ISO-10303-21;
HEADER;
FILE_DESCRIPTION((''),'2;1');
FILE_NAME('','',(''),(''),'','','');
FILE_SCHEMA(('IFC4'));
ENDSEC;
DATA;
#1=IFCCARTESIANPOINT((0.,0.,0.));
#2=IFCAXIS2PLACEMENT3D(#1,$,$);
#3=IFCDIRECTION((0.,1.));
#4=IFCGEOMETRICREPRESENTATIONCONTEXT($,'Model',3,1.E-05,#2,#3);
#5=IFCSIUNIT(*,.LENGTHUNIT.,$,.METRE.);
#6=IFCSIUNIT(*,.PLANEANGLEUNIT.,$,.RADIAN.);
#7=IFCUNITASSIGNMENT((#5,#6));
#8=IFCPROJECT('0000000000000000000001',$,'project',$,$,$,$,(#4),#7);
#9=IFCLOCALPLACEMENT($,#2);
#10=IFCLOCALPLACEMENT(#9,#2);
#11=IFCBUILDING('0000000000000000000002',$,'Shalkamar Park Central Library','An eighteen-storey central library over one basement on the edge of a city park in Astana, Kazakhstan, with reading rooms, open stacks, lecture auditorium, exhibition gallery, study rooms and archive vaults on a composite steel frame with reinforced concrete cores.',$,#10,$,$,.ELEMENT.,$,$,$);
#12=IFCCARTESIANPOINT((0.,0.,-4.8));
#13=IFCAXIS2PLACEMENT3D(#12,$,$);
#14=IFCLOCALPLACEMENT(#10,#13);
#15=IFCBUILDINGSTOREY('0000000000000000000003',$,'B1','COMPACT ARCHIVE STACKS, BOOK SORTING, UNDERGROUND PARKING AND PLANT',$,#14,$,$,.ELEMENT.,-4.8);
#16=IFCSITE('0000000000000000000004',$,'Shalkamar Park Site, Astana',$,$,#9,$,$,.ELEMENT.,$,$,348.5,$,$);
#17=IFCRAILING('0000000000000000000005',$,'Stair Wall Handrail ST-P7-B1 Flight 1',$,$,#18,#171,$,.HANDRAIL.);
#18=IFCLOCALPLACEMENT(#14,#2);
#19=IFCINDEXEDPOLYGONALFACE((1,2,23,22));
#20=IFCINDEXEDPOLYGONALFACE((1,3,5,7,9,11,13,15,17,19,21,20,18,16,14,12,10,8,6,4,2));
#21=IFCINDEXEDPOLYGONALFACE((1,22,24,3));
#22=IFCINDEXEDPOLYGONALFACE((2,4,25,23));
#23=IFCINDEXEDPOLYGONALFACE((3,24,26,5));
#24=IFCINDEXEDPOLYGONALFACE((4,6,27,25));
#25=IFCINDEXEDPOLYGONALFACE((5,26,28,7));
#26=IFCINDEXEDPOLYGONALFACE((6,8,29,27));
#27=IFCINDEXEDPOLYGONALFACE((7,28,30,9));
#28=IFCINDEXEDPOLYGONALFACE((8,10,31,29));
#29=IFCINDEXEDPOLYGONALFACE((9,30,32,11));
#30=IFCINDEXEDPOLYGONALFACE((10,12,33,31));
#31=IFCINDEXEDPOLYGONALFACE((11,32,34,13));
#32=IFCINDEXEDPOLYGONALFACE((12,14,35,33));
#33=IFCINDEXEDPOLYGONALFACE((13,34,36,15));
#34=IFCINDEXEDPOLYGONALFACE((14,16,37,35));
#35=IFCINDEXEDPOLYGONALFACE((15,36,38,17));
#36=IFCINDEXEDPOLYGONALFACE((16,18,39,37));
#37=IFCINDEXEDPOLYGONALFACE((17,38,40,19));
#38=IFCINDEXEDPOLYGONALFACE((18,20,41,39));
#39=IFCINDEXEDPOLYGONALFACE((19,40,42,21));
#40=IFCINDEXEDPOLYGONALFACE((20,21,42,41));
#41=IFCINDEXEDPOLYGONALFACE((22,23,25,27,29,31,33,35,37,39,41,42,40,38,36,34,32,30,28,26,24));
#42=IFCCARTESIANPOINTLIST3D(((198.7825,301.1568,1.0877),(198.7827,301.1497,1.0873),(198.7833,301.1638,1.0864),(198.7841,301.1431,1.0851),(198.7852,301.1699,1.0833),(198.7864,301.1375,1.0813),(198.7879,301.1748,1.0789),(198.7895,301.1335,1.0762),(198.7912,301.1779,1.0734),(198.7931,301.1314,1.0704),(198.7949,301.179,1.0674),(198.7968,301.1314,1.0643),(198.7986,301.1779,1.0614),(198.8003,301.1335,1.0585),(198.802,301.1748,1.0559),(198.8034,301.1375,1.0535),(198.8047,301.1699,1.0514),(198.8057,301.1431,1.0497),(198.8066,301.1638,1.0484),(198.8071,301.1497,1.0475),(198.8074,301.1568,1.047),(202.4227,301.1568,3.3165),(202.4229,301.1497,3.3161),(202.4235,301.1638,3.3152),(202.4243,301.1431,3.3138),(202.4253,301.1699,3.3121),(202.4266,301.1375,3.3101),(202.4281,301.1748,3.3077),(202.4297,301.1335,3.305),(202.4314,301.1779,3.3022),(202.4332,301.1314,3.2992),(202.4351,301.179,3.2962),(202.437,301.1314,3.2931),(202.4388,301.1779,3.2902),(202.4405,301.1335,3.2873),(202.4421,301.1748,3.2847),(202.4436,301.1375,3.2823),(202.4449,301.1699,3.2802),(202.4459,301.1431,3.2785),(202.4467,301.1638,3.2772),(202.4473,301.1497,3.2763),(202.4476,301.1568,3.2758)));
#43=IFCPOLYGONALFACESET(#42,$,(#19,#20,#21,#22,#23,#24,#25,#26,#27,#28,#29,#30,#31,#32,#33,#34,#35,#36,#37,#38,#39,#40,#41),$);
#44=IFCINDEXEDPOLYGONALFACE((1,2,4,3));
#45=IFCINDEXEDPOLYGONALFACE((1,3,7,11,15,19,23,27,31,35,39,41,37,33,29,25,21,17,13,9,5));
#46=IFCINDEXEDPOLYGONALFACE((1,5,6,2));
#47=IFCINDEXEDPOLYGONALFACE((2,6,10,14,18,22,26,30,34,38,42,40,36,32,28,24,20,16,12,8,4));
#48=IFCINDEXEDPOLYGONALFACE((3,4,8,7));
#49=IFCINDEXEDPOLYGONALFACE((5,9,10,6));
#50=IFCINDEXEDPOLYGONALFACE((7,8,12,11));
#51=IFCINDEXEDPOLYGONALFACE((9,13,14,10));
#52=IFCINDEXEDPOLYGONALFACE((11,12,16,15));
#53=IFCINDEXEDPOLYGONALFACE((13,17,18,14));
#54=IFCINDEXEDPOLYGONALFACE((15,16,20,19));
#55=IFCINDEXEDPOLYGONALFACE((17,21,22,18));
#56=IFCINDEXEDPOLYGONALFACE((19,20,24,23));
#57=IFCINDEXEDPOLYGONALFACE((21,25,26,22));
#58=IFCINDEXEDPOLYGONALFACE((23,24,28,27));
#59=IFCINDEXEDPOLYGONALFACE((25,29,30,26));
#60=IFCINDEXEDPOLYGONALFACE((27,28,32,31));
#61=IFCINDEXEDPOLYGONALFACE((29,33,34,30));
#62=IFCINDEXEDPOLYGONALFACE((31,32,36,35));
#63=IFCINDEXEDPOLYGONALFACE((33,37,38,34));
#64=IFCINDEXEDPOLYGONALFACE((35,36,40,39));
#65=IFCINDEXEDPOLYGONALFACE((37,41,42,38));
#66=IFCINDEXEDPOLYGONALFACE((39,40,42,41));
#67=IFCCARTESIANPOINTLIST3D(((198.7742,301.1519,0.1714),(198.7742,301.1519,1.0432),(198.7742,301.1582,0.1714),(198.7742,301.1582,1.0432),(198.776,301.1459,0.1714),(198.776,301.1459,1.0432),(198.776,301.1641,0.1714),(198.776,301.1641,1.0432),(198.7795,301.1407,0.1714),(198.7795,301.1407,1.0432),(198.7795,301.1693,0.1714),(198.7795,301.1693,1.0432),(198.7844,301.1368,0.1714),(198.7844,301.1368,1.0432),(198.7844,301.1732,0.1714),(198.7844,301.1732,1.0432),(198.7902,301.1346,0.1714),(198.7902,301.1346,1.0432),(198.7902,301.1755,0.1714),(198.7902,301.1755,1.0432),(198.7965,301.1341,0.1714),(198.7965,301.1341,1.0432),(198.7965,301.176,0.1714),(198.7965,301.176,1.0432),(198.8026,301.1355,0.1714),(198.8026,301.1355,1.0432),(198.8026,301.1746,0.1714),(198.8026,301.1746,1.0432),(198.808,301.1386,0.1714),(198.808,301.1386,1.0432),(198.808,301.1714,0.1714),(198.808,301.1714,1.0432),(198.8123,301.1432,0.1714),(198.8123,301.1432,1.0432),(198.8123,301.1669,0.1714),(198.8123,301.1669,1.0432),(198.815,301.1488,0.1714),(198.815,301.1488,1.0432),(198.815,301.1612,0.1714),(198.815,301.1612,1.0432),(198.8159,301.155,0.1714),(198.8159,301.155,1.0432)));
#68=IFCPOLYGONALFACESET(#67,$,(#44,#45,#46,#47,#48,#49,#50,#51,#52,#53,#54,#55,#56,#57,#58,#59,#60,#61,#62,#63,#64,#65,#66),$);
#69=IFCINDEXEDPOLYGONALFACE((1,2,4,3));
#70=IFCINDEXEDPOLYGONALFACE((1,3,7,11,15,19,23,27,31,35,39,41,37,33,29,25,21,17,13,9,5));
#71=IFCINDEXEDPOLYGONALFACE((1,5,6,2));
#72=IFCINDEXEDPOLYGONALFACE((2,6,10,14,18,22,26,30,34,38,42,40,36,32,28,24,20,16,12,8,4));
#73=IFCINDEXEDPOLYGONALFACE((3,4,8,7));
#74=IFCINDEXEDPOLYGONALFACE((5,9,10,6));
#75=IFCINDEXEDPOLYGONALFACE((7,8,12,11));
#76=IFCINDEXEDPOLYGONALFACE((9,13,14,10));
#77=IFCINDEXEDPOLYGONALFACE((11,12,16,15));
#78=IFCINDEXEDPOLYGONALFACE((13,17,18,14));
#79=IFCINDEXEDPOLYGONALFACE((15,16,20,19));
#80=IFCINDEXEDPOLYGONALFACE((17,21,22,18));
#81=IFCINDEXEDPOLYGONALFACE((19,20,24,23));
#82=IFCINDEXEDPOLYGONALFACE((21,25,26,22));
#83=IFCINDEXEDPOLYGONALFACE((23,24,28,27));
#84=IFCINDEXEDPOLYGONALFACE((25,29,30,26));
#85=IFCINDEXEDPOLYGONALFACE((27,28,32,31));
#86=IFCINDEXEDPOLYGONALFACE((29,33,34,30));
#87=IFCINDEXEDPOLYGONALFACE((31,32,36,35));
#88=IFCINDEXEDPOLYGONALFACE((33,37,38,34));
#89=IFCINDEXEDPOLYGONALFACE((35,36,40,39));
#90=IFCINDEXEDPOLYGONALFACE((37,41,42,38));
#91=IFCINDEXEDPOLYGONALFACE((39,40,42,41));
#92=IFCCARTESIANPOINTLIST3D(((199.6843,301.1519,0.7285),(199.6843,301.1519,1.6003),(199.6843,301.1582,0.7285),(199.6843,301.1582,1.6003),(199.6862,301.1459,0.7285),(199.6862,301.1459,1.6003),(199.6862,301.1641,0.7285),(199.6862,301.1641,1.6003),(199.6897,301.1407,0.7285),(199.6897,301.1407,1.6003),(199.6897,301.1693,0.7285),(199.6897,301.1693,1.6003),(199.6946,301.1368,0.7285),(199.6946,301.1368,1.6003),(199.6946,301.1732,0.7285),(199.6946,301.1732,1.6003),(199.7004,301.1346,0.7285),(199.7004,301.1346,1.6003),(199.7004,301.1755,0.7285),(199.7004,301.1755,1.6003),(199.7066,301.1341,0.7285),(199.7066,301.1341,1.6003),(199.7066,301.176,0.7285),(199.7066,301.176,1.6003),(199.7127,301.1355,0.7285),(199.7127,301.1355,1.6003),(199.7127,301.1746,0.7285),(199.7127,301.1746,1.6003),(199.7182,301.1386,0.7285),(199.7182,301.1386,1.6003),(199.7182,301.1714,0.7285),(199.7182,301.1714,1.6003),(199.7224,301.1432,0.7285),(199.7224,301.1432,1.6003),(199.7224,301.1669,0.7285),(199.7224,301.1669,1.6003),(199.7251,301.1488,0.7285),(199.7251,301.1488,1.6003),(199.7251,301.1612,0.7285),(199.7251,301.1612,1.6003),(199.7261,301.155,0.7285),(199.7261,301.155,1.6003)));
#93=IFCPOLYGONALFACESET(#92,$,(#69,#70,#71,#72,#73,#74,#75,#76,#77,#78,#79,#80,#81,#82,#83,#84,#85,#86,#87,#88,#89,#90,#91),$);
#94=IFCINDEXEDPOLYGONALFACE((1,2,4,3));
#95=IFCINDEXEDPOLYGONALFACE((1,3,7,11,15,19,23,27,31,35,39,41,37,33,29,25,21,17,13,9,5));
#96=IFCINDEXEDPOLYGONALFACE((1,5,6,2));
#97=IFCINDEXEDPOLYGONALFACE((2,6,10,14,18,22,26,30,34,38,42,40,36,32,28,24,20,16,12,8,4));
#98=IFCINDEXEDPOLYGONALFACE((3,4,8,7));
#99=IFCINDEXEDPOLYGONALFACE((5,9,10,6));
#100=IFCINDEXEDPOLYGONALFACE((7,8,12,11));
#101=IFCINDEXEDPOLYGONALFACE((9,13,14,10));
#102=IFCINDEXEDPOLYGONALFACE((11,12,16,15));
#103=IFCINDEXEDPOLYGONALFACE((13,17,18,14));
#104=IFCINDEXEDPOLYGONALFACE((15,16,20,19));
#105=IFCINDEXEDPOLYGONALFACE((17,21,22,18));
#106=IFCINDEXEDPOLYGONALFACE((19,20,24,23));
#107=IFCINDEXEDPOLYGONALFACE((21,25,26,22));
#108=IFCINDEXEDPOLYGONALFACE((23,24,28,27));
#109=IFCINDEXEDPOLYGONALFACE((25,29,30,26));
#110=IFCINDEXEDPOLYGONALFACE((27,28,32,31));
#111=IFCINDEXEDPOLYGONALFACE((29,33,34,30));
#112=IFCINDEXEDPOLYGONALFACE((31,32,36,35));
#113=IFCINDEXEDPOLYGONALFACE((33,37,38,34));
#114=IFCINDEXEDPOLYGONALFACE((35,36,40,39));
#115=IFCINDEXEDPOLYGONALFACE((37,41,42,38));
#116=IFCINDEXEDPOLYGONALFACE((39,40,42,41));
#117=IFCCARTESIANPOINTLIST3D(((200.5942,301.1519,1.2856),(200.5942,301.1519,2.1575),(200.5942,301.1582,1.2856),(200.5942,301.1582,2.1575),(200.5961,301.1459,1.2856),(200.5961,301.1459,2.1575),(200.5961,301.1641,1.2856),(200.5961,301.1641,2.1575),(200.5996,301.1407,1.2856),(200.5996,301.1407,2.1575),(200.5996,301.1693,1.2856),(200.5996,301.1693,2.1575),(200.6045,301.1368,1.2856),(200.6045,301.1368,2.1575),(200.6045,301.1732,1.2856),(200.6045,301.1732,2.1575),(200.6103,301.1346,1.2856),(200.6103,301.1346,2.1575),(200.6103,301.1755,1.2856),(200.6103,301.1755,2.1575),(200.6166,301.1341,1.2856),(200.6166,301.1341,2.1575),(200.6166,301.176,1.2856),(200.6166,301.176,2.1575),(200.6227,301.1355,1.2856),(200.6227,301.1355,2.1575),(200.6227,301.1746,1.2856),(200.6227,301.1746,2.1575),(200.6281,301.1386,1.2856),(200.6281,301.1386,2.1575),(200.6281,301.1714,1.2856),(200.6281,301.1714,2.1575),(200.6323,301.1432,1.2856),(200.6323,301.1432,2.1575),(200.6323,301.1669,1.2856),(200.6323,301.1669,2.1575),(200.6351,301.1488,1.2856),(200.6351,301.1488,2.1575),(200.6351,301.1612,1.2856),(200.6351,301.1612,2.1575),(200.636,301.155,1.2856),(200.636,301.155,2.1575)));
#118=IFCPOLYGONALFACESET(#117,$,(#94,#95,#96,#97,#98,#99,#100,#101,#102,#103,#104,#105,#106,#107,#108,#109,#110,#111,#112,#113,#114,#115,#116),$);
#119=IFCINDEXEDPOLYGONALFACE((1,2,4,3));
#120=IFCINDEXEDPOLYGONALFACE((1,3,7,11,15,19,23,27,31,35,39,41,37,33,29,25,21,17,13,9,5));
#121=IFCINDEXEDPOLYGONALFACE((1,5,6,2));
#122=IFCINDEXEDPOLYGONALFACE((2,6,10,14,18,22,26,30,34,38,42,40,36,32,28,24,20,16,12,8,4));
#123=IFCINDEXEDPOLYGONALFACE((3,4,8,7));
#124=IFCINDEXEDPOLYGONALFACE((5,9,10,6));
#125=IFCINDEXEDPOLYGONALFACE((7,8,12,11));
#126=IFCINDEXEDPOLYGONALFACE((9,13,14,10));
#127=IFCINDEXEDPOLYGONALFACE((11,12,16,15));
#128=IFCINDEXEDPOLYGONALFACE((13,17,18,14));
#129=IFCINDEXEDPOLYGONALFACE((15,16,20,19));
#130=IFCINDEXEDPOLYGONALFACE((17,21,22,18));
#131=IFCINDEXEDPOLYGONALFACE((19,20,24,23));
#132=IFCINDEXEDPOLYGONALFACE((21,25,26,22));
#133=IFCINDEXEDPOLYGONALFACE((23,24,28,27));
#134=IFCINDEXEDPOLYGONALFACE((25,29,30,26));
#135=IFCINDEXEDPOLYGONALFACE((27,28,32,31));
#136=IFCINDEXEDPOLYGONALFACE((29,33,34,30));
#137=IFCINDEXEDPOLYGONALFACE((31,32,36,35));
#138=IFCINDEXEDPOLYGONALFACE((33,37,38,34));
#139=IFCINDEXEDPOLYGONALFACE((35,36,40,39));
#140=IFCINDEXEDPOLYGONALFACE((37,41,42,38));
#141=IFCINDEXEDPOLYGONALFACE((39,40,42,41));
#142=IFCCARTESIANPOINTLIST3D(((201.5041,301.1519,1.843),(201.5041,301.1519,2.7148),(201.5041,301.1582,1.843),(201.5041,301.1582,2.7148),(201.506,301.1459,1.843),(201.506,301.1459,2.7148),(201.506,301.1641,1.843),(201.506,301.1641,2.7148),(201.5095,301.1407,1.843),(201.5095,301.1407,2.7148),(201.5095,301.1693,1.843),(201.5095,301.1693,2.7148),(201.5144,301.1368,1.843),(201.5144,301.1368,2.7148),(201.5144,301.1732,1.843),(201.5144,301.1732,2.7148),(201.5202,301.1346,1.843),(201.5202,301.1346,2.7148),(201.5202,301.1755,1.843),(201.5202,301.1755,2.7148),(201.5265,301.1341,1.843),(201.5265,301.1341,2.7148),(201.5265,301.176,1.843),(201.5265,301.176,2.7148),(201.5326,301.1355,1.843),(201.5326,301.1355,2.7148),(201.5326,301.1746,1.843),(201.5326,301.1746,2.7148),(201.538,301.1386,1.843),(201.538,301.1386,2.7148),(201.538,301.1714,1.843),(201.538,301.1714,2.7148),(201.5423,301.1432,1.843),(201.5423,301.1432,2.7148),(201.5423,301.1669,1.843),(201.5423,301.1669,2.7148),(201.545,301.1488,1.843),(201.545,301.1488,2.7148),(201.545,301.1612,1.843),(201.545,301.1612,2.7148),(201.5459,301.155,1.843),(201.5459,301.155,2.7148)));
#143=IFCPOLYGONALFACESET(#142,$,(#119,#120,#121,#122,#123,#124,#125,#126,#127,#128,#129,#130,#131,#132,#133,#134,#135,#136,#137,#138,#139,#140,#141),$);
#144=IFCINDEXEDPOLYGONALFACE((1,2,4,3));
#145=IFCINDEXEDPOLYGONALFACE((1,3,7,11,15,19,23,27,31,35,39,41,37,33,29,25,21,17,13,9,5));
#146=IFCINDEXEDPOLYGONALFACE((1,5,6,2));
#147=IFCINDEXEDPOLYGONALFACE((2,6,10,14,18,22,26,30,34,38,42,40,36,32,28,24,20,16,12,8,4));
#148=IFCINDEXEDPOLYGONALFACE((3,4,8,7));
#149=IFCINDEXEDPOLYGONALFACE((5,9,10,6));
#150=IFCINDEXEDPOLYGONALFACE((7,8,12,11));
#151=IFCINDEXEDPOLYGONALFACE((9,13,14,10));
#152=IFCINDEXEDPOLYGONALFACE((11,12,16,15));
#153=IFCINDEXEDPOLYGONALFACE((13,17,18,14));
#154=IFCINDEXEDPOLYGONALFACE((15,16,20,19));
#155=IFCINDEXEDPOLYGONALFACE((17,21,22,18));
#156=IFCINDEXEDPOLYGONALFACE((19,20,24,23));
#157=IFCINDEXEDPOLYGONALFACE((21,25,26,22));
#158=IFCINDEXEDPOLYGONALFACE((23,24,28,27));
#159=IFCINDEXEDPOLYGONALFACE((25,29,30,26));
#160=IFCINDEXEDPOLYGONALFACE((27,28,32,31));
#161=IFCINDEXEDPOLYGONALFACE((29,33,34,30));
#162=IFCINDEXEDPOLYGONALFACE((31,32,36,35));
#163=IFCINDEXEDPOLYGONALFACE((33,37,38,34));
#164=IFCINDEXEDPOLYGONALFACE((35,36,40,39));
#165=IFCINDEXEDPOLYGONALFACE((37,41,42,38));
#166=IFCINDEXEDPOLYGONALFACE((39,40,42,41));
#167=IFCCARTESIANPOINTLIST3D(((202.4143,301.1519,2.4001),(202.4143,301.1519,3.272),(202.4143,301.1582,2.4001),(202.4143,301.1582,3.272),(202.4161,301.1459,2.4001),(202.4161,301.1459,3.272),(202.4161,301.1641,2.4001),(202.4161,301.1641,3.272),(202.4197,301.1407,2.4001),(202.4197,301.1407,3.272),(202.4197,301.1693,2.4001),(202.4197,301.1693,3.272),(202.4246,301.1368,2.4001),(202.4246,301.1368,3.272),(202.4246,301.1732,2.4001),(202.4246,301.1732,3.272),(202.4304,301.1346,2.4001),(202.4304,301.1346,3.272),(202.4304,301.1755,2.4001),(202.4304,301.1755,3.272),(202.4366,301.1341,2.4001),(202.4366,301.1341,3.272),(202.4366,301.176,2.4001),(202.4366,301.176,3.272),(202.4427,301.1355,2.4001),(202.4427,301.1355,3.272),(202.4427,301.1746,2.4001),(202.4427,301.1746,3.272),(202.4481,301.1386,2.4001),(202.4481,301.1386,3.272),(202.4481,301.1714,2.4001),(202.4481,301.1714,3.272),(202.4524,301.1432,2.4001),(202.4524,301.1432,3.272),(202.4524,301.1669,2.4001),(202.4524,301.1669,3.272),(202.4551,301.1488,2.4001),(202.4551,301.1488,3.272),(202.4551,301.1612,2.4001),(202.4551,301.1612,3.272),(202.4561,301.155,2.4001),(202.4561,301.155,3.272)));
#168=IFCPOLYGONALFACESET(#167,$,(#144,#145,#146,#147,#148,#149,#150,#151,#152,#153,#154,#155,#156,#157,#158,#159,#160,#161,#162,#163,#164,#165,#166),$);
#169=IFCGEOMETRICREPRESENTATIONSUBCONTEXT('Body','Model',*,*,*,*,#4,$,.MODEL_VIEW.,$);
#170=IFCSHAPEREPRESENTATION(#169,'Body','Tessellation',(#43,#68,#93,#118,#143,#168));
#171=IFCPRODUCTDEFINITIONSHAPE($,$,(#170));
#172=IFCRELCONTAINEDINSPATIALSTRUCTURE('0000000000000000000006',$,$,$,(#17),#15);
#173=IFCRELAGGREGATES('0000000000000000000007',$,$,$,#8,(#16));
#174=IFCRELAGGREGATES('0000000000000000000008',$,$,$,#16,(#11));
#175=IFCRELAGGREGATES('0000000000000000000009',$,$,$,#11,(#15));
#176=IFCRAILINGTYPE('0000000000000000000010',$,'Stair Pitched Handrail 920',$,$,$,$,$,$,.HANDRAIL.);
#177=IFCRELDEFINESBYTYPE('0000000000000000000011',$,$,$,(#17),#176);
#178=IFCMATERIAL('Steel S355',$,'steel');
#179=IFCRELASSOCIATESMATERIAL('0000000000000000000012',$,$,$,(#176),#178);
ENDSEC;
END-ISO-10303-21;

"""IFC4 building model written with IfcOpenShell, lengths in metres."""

from ifc_helpers import new_model, si_unit, direction, frame, origin, origin_2d, place, context, subcontext, project, spatial, circle, extrude, material, type_object, element, save


model = new_model("IFC4")

# Units and contexts
model_context = context("Model", 3, precision=1e-05, world=origin(), true_north=direction((0.0, 1.0)))
body_context = subcontext(model_context, "Body", "Model", "MODEL_VIEW")
ifc_project = project(units=[si_unit("LENGTHUNIT", "METRE"), si_unit("PLANEANGLEUNIT", "RADIAN")], contexts=[model_context])

# Site, building, storey
site_placement = place(None, origin())
site = spatial("IfcSite", under=ifc_project, at=site_placement, Name="Shalkamar Park Site, Astana", CompositionType="ELEMENT", RefElevation=348.5)
building_placement = place(site_placement, origin())
building = spatial("IfcBuilding", under=site, at=building_placement, Name="Shalkamar Park Central Library", Description="An eighteen-storey central library over one basement on the edge of a city park in Astana, Kazakhstan, with reading rooms, open stacks, lecture auditorium, exhibition gallery, study rooms and archive vaults on a composite steel frame with reinforced concrete cores.", CompositionType="ELEMENT")
storey_placement = place(building_placement, frame((0.0, 0.0, -4.8)))
storey = spatial("IfcBuildingStorey", under=building, at=storey_placement, Name="B1", Description="COMPACT ARCHIVE STACKS, BOOK SORTING, UNDERGROUND PARKING AND PLANT", CompositionType="ELEMENT", Elevation=-4.8)

# Shared definitions
ifc_material_1 = material(Name="Steel S355", Category="steel")

# Railing
railing_type_1 = type_object("IfcRailingType", Name="Stair Pitched Handrail 920", PredefinedType="HANDRAIL", material=ifc_material_1)
railing_1_placement = place(storey_placement, frame((198.7949, 301.155, 0.1714)))
element("IfcRailing", 1, at=railing_1_placement, inside=storey, type_object=railing_type_1, Name="Stair Wall Handrail ST-P7-B1 Flight 1", PredefinedType="HANDRAIL", context=body_context, shape_type="SweptSolid", body=[
    extrude(circle(Radius=0.0239, at=origin_2d()), frame((0.0, 0.0, 0.896), z_axis=(0.85284, 0.0, 0.522172), x_axis=(0.0, 1.0, 0.0)), (0.0, 0.0, 1.0), 4.2683),
    extrude(circle(Radius=0.021, at=origin_2d()), origin(), (0.0, 0.0, 1.0), 0.8718),
    extrude(circle(Radius=0.021, at=origin_2d()), frame((0.9102, 0.0, 0.5571)), (0.0, 0.0, 1.0), 0.8718),
    extrude(circle(Radius=0.021, at=origin_2d()), frame((1.8201, 0.0, 1.1143)), (0.0, 0.0, 1.0), 0.8718),
    extrude(circle(Radius=0.021, at=origin_2d()), frame((2.73, 0.0, 1.6716)), (0.0, 0.0, 1.0), 0.8718),
    extrude(circle(Radius=0.021, at=origin_2d()), frame((3.6401, 0.0, 2.2288)), (0.0, 0.0, 1.0), 0.8718),
])

save(model, "model.ifc")
